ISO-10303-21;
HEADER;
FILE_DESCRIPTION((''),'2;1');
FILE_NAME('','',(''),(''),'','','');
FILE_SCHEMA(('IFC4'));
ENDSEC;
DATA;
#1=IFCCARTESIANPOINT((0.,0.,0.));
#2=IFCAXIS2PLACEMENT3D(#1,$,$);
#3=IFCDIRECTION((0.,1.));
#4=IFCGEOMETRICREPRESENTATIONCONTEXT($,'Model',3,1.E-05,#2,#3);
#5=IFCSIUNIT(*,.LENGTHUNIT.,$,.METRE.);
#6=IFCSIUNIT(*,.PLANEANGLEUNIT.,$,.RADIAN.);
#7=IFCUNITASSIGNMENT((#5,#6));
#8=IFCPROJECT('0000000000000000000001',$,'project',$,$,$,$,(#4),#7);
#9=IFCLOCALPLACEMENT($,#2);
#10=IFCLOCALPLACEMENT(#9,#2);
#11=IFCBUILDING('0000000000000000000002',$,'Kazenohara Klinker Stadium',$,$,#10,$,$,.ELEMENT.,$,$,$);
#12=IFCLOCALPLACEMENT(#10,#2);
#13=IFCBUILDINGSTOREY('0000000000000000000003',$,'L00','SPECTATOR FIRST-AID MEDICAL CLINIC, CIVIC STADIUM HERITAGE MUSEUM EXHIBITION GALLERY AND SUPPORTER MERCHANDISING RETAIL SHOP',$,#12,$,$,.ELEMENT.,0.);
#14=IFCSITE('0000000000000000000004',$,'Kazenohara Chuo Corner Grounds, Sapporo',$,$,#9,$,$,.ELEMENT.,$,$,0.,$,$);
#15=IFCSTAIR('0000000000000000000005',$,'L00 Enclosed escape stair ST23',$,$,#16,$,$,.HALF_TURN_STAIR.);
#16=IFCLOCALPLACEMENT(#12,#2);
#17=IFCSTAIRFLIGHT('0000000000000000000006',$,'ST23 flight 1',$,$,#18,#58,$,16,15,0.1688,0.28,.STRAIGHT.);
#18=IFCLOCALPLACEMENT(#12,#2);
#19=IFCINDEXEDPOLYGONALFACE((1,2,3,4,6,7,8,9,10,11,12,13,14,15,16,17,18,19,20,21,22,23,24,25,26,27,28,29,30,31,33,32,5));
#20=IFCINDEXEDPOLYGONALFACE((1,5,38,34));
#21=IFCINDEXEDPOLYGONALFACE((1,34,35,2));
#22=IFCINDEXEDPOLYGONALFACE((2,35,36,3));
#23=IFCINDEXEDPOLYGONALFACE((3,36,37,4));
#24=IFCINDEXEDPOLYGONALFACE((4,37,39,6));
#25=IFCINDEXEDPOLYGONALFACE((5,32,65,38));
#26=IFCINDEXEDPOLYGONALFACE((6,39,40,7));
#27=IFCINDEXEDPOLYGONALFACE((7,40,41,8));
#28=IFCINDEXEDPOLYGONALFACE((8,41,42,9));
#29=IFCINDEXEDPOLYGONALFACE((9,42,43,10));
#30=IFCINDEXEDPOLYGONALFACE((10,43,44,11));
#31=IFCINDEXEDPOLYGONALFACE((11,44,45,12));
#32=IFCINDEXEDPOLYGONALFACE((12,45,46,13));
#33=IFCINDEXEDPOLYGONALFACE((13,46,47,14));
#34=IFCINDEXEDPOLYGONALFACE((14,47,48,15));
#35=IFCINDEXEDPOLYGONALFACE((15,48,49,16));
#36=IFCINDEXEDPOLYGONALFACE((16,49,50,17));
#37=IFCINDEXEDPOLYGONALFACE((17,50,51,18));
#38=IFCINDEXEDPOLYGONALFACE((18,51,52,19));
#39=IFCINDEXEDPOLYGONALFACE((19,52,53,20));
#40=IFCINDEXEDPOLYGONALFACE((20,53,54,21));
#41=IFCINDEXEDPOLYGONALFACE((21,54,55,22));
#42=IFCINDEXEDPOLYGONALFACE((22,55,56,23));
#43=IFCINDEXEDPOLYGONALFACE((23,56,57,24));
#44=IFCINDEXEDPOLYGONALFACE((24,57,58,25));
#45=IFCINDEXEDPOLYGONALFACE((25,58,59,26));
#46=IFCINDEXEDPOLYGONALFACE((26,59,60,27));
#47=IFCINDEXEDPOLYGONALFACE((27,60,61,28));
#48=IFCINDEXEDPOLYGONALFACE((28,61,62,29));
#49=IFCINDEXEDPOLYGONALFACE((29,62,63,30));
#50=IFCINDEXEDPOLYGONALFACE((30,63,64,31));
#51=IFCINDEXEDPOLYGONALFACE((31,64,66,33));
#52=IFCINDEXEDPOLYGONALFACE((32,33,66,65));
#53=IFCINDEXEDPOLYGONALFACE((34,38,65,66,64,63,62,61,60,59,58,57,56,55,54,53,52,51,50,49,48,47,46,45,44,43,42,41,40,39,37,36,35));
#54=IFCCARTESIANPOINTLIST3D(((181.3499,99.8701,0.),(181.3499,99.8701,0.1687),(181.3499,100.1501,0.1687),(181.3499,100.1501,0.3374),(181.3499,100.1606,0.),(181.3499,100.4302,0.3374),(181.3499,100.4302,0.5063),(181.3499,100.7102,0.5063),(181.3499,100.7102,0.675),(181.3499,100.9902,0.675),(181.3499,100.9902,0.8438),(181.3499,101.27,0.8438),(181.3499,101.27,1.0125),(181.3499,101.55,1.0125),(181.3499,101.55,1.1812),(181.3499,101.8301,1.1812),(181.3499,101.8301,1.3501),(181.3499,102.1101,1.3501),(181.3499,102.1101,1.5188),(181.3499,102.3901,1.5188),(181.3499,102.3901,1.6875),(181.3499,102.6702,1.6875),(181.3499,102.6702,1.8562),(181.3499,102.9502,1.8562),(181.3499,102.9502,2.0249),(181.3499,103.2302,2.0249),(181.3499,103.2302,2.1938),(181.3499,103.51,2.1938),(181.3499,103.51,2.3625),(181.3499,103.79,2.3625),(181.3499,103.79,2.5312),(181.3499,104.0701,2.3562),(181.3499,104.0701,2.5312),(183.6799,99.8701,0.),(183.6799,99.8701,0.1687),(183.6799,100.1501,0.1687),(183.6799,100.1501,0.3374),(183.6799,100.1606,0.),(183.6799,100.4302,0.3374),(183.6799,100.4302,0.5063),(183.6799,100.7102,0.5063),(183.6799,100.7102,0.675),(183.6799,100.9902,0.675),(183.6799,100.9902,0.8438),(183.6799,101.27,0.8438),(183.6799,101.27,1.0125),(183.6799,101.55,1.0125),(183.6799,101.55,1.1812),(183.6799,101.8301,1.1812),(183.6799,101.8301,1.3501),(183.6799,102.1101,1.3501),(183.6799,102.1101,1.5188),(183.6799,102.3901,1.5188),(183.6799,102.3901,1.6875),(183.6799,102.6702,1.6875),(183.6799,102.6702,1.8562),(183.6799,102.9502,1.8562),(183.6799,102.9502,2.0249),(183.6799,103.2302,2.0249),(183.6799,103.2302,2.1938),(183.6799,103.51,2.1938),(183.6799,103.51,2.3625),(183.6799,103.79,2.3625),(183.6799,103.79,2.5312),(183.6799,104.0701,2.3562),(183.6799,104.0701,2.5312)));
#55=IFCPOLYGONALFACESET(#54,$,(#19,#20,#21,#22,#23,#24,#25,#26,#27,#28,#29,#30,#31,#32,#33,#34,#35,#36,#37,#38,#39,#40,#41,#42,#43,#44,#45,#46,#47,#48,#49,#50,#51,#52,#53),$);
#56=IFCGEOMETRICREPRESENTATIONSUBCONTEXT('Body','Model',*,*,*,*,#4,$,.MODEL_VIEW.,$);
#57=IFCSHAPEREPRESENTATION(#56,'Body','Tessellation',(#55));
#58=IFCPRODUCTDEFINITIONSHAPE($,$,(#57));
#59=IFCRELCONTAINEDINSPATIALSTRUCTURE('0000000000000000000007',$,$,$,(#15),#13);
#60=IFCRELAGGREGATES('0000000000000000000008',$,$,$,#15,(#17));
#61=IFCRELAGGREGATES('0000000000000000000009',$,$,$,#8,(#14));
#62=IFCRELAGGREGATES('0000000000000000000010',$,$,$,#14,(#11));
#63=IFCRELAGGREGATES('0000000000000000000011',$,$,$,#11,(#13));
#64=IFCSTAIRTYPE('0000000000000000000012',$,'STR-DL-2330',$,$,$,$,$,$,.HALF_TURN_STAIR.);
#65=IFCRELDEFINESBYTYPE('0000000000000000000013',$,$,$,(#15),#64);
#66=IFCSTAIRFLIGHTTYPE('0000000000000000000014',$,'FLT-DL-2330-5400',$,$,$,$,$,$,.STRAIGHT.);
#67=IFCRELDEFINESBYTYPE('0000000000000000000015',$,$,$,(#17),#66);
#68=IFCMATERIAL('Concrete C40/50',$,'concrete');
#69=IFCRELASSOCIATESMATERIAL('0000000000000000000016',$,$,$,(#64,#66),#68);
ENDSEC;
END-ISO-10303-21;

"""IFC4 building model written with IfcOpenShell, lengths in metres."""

from ifc_helpers import new_model, si_unit, direction, frame, origin, place, context, subcontext, project, spatial, polyline, outline, extrude, material, type_object, element, aggregate, save


model = new_model("IFC4")

# Units and contexts
model_context = context("Model", 3, precision=1e-05, world=origin(), true_north=direction((0.0, 1.0)))
body_context = subcontext(model_context, "Body", "Model", "MODEL_VIEW")
ifc_project = project(units=[si_unit("LENGTHUNIT", "METRE"), si_unit("PLANEANGLEUNIT", "RADIAN")], contexts=[model_context])

# Site, building, storey
site_placement = place(None, origin())
site = spatial("IfcSite", under=ifc_project, at=site_placement, Name="Kazenohara Chuo Corner Grounds, Sapporo", CompositionType="ELEMENT", RefElevation=0.0)
building_placement = place(site_placement, origin())
building = spatial("IfcBuilding", under=site, at=building_placement, Name="Kazenohara Klinker Stadium", CompositionType="ELEMENT")
storey_placement = place(building_placement, origin())
storey = spatial("IfcBuildingStorey", under=building, at=storey_placement, Name="L00", Description="SPECTATOR FIRST-AID MEDICAL CLINIC, CIVIC STADIUM HERITAGE MUSEUM EXHIBITION GALLERY AND SUPPORTER MERCHANDISING RETAIL SHOP", CompositionType="ELEMENT", Elevation=0.0)

# Shared definitions
ifc_material_1 = material(Name="Concrete C40/50", Category="concrete")

# Stair, stair flight
stair_type = type_object("IfcStairType", Name="STR-DL-2330", PredefinedType="HALF_TURN_STAIR", material=ifc_material_1)
stair_placement = place(storey_placement, origin())
stair = element("IfcStair", 1, at=stair_placement, inside=storey, type_object=stair_type, Name="L00 Enclosed escape stair ST23", PredefinedType="HALF_TURN_STAIR")
stair_flight_type = type_object("IfcStairFlightType", Name="FLT-DL-2330-5400", PredefinedType="STRAIGHT", material=ifc_material_1)
stair_flight_placement = place(storey_placement, frame((182.5149, 99.8701, 0.0), z_axis=(0.0, 0.0, 1.0), x_axis=(0.0, 1.0, 0.0)))
stair_flight = element("IfcStairFlight", 2, at=stair_flight_placement, type_object=stair_flight_type, Name="ST23 flight 1", NumberOfRisers=16, NumberOfTreads=15, PredefinedType="STRAIGHT", RiserHeight=0.1688, TreadLength=0.28, context=body_context, shape_type="SweptSolid", body=[
    extrude(outline(polyline([(0.0, 0.0), (0.0, 0.1687), (0.28, 0.1687), (0.28, 0.3374), (0.5601, 0.3374), (0.5601, 0.5063), (0.8401, 0.5063), (0.8401, 0.675), (1.1201, 0.675), (1.1201, 0.8438), (1.3999, 0.8438), (1.3999, 1.0125), (1.6799, 1.0125), (1.6799, 1.1812), (1.96, 1.1812), (1.96, 1.3501), (2.24, 1.3501), (2.24, 1.5188), (2.52, 1.5188), (2.52, 1.6875), (2.8, 1.6875), (2.8, 1.8562), (3.0801, 1.8562), (3.0801, 2.0249), (3.3601, 2.0249), (3.3601, 2.1938), (3.6399, 2.1938), (3.6399, 2.3625), (3.9199, 2.3625), (3.9199, 2.5312), (4.2, 2.5312), (4.2, 2.7), (4.2, 2.3562), (0.2905, 0.0), (0.0, 0.0)])), frame((0.0, 1.165, 0.0), z_axis=(0.0, -1.0, 0.0), x_axis=(1.0, 0.0, 0.0)), (0.0, 0.0, 1.0), 2.3301),
])
aggregate(stair, [stair_flight])

save(model, "model.ifc")
